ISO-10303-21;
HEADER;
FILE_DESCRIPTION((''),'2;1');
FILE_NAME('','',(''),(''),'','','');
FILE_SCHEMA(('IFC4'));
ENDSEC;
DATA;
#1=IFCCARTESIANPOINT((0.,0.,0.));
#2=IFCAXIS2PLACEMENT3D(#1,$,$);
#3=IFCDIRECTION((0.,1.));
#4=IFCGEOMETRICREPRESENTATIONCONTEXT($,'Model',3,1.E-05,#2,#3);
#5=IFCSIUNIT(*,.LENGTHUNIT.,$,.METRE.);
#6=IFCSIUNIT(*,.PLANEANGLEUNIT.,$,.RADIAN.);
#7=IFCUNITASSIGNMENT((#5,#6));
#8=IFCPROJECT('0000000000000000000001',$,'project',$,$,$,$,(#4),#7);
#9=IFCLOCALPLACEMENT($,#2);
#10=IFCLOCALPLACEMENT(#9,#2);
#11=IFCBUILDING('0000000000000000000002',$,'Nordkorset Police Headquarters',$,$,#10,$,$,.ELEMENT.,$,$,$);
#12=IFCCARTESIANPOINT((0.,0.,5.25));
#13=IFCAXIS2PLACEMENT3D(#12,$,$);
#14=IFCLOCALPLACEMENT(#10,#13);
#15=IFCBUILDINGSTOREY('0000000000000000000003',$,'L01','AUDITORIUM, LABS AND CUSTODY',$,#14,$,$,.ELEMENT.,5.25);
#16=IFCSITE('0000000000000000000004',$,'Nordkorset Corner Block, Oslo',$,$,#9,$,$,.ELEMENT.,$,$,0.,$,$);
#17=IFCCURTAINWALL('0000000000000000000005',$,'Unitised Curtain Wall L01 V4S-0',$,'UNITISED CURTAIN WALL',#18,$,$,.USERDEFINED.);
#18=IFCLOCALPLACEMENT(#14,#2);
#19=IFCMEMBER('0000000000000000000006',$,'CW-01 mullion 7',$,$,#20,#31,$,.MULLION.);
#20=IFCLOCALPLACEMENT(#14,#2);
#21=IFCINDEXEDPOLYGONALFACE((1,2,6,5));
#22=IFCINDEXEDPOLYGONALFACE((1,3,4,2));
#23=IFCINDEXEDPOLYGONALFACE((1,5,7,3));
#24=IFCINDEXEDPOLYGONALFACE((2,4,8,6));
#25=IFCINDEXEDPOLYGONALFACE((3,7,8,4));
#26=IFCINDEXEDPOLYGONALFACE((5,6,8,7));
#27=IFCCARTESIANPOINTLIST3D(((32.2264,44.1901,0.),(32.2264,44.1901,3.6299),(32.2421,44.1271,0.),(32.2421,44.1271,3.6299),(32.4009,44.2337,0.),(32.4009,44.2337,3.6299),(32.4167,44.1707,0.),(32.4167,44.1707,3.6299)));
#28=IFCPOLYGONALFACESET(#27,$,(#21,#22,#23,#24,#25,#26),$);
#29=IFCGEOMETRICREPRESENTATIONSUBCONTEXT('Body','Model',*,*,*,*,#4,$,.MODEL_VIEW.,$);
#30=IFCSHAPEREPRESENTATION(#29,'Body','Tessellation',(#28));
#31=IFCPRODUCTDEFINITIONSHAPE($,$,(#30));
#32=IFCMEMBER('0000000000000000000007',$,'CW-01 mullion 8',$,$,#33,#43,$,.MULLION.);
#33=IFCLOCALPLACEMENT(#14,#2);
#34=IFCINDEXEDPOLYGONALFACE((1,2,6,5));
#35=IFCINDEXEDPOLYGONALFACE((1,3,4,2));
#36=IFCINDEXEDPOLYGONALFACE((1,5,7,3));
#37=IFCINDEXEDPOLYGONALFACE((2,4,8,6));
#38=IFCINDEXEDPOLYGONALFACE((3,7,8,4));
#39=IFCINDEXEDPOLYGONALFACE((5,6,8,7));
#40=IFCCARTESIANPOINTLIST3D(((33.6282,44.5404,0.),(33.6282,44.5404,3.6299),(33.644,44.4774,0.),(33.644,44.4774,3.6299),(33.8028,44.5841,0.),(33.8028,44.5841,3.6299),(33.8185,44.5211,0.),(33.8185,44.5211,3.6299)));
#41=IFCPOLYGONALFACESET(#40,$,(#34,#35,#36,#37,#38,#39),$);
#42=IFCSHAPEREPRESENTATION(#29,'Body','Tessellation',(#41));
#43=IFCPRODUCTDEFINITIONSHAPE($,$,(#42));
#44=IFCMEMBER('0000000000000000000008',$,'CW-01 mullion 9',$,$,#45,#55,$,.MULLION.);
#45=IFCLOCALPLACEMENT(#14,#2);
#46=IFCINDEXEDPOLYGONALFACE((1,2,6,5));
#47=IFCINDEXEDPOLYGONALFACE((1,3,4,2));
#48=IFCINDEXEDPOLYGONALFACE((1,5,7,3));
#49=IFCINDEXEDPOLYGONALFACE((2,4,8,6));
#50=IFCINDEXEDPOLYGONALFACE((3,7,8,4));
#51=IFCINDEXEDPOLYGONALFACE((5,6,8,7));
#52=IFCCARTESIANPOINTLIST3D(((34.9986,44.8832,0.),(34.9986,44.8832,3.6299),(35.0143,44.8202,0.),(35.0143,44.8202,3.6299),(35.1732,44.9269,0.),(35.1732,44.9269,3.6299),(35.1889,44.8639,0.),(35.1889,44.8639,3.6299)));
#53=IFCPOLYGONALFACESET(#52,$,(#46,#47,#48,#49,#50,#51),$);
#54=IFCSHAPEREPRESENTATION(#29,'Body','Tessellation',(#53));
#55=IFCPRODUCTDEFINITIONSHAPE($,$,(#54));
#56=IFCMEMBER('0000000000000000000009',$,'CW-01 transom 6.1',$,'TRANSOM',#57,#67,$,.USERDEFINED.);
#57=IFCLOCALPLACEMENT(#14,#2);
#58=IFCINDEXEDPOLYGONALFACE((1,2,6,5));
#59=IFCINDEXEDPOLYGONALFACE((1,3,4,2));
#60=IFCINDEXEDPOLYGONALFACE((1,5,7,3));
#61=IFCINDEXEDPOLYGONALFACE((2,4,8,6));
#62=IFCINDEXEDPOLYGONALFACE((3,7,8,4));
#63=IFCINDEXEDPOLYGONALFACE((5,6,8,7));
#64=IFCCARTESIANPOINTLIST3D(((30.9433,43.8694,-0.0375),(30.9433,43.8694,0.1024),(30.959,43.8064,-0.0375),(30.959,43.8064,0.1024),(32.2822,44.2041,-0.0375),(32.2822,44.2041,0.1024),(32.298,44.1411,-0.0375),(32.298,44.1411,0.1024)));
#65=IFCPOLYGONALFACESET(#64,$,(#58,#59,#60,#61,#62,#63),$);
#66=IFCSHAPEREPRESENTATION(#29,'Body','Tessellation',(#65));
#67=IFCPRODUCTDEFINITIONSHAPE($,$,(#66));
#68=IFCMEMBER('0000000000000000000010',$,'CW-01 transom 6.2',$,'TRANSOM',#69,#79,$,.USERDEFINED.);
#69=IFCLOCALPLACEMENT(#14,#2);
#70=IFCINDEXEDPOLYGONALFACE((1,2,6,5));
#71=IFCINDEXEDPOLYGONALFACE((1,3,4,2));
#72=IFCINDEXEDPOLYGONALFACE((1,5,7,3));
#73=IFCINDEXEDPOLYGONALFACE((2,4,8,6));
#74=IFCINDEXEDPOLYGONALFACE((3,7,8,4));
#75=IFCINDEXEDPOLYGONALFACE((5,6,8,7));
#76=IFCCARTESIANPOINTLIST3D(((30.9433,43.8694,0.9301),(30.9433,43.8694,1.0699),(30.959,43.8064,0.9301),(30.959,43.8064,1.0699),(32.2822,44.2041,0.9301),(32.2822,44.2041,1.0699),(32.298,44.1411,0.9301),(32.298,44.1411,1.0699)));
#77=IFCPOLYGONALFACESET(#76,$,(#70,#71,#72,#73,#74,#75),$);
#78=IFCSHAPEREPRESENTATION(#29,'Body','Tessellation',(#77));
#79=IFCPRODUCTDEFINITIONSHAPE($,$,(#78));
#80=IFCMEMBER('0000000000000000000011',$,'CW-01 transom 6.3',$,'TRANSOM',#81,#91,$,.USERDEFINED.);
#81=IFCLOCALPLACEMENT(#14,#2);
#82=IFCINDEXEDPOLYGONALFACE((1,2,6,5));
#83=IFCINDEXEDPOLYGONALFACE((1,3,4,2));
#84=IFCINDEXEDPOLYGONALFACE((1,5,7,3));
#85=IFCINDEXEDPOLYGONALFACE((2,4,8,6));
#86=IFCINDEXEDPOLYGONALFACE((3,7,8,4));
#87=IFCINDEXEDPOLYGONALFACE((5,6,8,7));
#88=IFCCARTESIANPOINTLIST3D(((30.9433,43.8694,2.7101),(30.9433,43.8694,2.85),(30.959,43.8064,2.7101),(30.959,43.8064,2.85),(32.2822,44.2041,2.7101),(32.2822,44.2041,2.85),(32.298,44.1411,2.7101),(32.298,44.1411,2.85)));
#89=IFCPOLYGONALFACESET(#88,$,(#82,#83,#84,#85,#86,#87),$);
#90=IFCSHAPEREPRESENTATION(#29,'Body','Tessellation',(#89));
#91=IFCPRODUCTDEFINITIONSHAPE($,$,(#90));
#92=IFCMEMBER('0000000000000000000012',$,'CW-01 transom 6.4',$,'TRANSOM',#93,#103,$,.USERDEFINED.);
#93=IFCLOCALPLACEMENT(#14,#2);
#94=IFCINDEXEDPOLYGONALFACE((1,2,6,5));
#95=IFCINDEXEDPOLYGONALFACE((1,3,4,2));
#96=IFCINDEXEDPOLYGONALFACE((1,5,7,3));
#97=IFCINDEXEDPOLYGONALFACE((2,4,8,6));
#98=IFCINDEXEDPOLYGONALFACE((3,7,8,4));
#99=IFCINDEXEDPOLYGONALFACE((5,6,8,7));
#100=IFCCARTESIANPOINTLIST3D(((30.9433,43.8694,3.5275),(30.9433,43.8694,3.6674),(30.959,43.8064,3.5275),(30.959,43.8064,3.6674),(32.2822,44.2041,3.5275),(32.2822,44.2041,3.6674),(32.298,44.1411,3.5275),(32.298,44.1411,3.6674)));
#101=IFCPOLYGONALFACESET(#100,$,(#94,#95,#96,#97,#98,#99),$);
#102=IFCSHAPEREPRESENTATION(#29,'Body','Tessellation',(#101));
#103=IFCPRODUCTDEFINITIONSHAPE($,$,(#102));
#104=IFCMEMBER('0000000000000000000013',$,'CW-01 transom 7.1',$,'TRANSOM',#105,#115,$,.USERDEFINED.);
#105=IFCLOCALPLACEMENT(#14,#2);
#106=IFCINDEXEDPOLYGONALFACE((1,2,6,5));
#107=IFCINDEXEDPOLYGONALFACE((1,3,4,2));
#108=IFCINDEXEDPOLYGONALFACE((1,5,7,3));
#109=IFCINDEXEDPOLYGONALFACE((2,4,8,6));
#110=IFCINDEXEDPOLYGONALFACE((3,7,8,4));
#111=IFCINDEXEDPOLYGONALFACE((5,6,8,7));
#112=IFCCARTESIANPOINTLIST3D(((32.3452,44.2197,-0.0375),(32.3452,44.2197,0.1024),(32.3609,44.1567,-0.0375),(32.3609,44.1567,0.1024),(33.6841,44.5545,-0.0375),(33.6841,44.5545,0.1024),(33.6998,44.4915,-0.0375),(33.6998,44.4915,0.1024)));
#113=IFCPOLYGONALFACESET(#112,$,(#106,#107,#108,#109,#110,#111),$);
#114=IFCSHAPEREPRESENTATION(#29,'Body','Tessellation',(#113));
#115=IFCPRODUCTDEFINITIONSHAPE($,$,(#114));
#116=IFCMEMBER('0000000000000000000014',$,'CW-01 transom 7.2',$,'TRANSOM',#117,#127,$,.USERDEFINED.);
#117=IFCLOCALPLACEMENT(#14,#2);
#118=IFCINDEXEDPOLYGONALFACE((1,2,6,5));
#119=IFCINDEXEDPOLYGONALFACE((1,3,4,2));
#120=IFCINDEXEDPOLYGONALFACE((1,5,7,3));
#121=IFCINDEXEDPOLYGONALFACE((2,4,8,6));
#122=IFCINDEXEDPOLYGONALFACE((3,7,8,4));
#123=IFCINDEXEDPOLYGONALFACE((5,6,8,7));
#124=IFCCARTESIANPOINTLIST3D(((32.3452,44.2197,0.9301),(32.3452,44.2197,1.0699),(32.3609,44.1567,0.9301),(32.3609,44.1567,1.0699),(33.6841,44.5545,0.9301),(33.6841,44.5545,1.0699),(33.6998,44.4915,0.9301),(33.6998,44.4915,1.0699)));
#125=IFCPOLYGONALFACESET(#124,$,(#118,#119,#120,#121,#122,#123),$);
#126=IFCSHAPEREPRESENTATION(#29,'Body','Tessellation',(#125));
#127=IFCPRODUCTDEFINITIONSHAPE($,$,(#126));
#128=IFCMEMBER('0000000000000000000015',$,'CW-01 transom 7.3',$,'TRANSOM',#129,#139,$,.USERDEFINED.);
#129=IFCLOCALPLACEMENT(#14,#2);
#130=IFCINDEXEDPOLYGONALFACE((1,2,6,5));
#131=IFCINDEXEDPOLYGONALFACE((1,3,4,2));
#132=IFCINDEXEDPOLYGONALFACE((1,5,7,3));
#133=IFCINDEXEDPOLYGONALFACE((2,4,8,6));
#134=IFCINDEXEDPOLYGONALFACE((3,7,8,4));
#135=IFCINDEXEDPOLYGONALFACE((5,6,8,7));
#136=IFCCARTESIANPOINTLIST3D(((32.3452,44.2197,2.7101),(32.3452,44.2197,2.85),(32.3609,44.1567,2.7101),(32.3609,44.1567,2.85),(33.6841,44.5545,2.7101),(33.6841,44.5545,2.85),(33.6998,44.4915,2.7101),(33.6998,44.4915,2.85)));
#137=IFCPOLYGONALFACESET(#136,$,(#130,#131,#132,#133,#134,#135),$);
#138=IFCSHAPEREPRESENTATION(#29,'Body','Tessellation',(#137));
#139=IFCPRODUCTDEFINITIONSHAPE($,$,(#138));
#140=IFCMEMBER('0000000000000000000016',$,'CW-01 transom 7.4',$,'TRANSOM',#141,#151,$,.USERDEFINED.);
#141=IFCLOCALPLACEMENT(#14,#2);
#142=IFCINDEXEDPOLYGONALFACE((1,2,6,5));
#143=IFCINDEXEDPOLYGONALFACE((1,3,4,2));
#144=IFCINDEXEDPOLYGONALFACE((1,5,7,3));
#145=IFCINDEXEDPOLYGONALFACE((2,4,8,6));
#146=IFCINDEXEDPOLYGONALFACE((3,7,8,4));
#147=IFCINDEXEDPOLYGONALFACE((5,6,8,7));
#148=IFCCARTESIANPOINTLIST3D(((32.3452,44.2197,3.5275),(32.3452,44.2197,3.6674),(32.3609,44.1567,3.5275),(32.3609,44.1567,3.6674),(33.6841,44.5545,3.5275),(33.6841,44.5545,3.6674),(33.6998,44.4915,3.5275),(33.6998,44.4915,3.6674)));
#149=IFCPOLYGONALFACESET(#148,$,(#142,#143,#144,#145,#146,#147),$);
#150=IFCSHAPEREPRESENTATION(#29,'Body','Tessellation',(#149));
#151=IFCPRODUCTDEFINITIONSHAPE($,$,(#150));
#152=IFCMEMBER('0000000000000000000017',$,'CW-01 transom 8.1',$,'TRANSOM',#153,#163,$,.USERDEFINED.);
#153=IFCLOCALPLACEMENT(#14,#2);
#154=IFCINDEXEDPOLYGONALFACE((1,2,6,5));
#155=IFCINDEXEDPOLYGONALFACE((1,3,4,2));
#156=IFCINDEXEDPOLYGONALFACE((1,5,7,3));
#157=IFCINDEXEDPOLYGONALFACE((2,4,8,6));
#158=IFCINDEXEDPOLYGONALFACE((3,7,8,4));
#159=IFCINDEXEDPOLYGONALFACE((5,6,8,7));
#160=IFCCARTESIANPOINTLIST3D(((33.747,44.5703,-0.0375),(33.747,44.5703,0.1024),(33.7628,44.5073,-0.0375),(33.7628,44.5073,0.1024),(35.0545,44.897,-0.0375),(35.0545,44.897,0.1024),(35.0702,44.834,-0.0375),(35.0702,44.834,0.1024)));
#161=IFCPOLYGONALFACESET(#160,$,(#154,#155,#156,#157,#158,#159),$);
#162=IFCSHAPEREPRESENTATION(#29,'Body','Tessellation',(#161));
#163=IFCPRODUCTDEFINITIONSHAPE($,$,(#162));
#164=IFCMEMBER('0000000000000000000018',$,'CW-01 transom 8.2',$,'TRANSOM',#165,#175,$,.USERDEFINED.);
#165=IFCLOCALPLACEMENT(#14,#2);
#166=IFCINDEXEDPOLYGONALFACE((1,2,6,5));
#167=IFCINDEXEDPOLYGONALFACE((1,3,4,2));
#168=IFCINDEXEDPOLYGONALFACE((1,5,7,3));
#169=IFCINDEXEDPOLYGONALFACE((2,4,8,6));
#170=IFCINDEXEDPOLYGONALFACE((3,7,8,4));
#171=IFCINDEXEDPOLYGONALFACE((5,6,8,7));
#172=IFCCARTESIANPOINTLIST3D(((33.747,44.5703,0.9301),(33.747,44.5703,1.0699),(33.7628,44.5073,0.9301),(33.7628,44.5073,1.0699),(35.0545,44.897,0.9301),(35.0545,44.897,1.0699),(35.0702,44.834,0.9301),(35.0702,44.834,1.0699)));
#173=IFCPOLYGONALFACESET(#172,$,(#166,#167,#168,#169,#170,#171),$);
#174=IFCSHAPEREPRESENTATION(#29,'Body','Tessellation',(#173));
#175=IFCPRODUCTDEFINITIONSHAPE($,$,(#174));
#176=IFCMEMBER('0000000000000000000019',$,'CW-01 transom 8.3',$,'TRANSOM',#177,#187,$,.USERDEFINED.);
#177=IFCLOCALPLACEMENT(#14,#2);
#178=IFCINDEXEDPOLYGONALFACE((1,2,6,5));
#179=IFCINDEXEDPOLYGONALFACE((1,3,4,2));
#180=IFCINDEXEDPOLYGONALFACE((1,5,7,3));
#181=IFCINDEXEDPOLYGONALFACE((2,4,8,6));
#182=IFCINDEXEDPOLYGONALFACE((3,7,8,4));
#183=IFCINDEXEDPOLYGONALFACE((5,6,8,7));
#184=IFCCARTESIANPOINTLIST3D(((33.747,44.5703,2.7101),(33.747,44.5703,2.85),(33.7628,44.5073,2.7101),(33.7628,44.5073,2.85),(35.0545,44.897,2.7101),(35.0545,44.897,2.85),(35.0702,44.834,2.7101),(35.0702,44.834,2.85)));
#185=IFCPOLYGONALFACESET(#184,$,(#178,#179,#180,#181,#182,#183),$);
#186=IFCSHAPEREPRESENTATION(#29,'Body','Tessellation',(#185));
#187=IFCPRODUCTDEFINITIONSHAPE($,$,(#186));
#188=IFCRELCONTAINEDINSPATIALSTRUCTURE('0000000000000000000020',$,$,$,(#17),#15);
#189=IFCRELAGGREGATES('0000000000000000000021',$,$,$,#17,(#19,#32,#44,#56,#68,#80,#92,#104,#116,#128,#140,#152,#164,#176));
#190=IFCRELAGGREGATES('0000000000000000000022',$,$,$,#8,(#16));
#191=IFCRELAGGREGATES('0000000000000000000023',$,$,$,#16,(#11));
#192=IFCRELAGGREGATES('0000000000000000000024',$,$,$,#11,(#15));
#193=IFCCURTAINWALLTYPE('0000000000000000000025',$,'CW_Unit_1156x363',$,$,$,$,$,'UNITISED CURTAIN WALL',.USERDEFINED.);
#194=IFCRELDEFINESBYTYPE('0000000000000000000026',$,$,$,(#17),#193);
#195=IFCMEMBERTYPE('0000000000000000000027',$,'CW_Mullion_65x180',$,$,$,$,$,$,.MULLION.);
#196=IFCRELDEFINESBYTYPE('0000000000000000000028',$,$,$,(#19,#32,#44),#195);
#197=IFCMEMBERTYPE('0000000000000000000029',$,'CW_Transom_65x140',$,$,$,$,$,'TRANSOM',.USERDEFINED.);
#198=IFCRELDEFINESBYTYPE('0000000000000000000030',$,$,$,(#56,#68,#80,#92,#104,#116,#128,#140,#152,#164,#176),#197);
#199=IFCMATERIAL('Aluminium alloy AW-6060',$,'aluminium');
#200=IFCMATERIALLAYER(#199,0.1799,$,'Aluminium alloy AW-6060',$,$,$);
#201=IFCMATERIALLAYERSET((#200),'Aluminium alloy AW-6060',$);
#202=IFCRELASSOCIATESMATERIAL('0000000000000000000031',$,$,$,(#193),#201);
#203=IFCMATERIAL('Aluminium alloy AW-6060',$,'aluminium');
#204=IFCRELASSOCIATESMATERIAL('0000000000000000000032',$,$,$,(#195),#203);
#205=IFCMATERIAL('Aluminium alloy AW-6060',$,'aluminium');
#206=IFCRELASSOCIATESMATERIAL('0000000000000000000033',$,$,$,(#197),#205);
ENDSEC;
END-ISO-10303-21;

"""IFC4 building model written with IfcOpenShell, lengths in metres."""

from ifc_helpers import new_model, si_unit, direction, frame, origin, origin_2d, place, context, subcontext, project, spatial, rectangle, extrude, material, layer, layer_set, material_profile, profile_set, type_object, element, aggregate, save


model = new_model("IFC4")

# Units and contexts
model_context = context("Model", 3, precision=1e-05, world=origin(), true_north=direction((0.0, 1.0)))
body_context = subcontext(model_context, "Body", "Model", "MODEL_VIEW")
ifc_project = project(units=[si_unit("LENGTHUNIT", "METRE"), si_unit("PLANEANGLEUNIT", "RADIAN")], contexts=[model_context])

# Site, building, storey
site_placement = place(None, origin())
site = spatial("IfcSite", under=ifc_project, at=site_placement, Name="Nordkorset Corner Block, Oslo", CompositionType="ELEMENT", RefElevation=0.0)
building_placement = place(site_placement, origin())
building = spatial("IfcBuilding", under=site, at=building_placement, Name="Nordkorset Police Headquarters", CompositionType="ELEMENT")
storey_placement = place(building_placement, frame((0.0, 0.0, 5.25)))
storey = spatial("IfcBuildingStorey", under=building, at=storey_placement, Name="L01", Description="AUDITORIUM, LABS AND CUSTODY", CompositionType="ELEMENT", Elevation=5.25)

# Curtain wall, members
ifc_material_1 = material(Name="Aluminium alloy AW-6060", Category="aluminium")
ifc_layer_1 = layer(ifc_material_1, 0.1799, Name="Aluminium alloy AW-6060")
ifc_layer_set_1 = layer_set([ifc_layer_1], Name="Aluminium alloy AW-6060")
curtain_wall_type = type_object("IfcCurtainWallType", Name="CW_Unit_1156x363", ElementType="UNITISED CURTAIN WALL", PredefinedType="USERDEFINED", material=ifc_layer_set_1)
curtain_wall_placement = place(storey_placement, origin())
curtain_wall = element("IfcCurtainWall", 1, at=curtain_wall_placement, inside=storey, type_object=curtain_wall_type, Name="Unitised Curtain Wall L01 V4S-0", ObjectType="UNITISED CURTAIN WALL", PredefinedType="USERDEFINED")
ifc_material_2 = material(Name="Aluminium alloy AW-6060", Category="aluminium")
ifc_material_profile_1 = material_profile(ifc_material_2, rectangle(XDim=0.0649, YDim=0.1799, at=origin_2d()), Name="ALU MULL 65x180")
ifc_profile_set_1 = profile_set([ifc_material_profile_1], Name="Aluminium alloy AW-6060")
member_type_1 = type_object("IfcMemberType", Name="CW_Mullion_65x180", PredefinedType="MULLION", material=ifc_profile_set_1)
member_1_placement = place(storey_placement, frame((32.3215, 44.1804, 0.0), z_axis=(0.0, 0.0, 1.0), x_axis=(-0.242536, 0.970143, 0.0)))
member_1 = element("IfcMember", 2, at=member_1_placement, type_object=member_type_1, Name="CW-01 mullion 7", PredefinedType="MULLION", context=body_context, shape_type="SweptSolid", body=[
    extrude(rectangle(XDim=0.0649, YDim=0.1799, at=origin_2d()), origin(), (0.0, 0.0, 1.0), 3.6299),
])
member_2_placement = place(storey_placement, frame((33.7234, 44.5308, 0.0), z_axis=(0.0, 0.0, 1.0), x_axis=(-0.242536, 0.970143, 0.0)))
member_2 = element("IfcMember", 3, at=member_2_placement, type_object=member_type_1, Name="CW-01 mullion 8", PredefinedType="MULLION", context=body_context, shape_type="SweptSolid", body=[
    extrude(rectangle(XDim=0.0649, YDim=0.1799, at=origin_2d()), origin(), (0.0, 0.0, 1.0), 3.6299),
])
member_3_placement = place(storey_placement, frame((35.0938, 44.8735, 0.0), z_axis=(0.0, 0.0, 1.0), x_axis=(-0.242536, 0.970143, 0.0)))
member_3 = element("IfcMember", 4, at=member_3_placement, type_object=member_type_1, Name="CW-01 mullion 9", PredefinedType="MULLION", context=body_context, shape_type="SweptSolid", body=[
    extrude(rectangle(XDim=0.0649, YDim=0.1799, at=origin_2d()), origin(), (0.0, 0.0, 1.0), 3.6299),
])
ifc_material_3 = material(Name="Aluminium alloy AW-6060", Category="aluminium")
ifc_material_profile_2 = material_profile(ifc_material_3, rectangle(XDim=0.0649, YDim=0.1399, at=origin_2d()), Name="ALU TRAN 65x140")
ifc_profile_set_2 = profile_set([ifc_material_profile_2], Name="Aluminium alloy AW-6060")
member_type_2 = type_object("IfcMemberType", Name="CW_Transom_65x140", ElementType="TRANSOM", PredefinedType="USERDEFINED", material=ifc_profile_set_2)
member_4_placement = place(storey_placement, frame((30.9512, 43.8379, 0.0325), z_axis=(0.970143, 0.242536, 0.0), x_axis=(-0.242536, 0.970143, 0.0)))
member_4 = element("IfcMember", 5, at=member_4_placement, type_object=member_type_2, Name="CW-01 transom 6.1", ObjectType="TRANSOM", PredefinedType="USERDEFINED", context=body_context, shape_type="SweptSolid", body=[
    extrude(rectangle(XDim=0.0649, YDim=0.1399, at=origin_2d()), origin(), (0.0, 0.0, 1.0), 1.3801),
])
member_5_placement = place(storey_placement, frame((30.9512, 43.8379, 1.0), z_axis=(0.970143, 0.242536, 0.0), x_axis=(-0.242536, 0.970143, 0.0)))
member_5 = element("IfcMember", 6, at=member_5_placement, type_object=member_type_2, Name="CW-01 transom 6.2", ObjectType="TRANSOM", PredefinedType="USERDEFINED", context=body_context, shape_type="SweptSolid", body=[
    extrude(rectangle(XDim=0.0649, YDim=0.1399, at=origin_2d()), origin(), (0.0, 0.0, 1.0), 1.3801),
])
member_6_placement = place(storey_placement, frame((30.9512, 43.8379, 2.78), z_axis=(0.970143, 0.242536, 0.0), x_axis=(-0.242536, 0.970143, 0.0)))
member_6 = element("IfcMember", 7, at=member_6_placement, type_object=member_type_2, Name="CW-01 transom 6.3", ObjectType="TRANSOM", PredefinedType="USERDEFINED", context=body_context, shape_type="SweptSolid", body=[
    extrude(rectangle(XDim=0.0649, YDim=0.1399, at=origin_2d()), origin(), (0.0, 0.0, 1.0), 1.3801),
])
member_7_placement = place(storey_placement, frame((30.9512, 43.8379, 3.5974), z_axis=(0.970143, 0.242536, 0.0), x_axis=(-0.242536, 0.970143, 0.0)))
member_7 = element("IfcMember", 8, at=member_7_placement, type_object=member_type_2, Name="CW-01 transom 6.4", ObjectType="TRANSOM", PredefinedType="USERDEFINED", context=body_context, shape_type="SweptSolid", body=[
    extrude(rectangle(XDim=0.0649, YDim=0.1399, at=origin_2d()), origin(), (0.0, 0.0, 1.0), 1.3801),
])
member_8_placement = place(storey_placement, frame((32.353, 44.1882, 0.0325), z_axis=(0.970143, 0.242536, 0.0), x_axis=(-0.242536, 0.970143, 0.0)))
member_8 = element("IfcMember", 9, at=member_8_placement, type_object=member_type_2, Name="CW-01 transom 7.1", ObjectType="TRANSOM", PredefinedType="USERDEFINED", context=body_context, shape_type="SweptSolid", body=[
    extrude(rectangle(XDim=0.0649, YDim=0.1399, at=origin_2d()), origin(), (0.0, 0.0, 1.0), 1.3801),
])
member_9_placement = place(storey_placement, frame((32.353, 44.1882, 1.0), z_axis=(0.970143, 0.242536, 0.0), x_axis=(-0.242536, 0.970143, 0.0)))
member_9 = element("IfcMember", 10, at=member_9_placement, type_object=member_type_2, Name="CW-01 transom 7.2", ObjectType="TRANSOM", PredefinedType="USERDEFINED", context=body_context, shape_type="SweptSolid", body=[
    extrude(rectangle(XDim=0.0649, YDim=0.1399, at=origin_2d()), origin(), (0.0, 0.0, 1.0), 1.3801),
])
member_10_placement = place(storey_placement, frame((32.353, 44.1882, 2.78), z_axis=(0.970143, 0.242536, 0.0), x_axis=(-0.242536, 0.970143, 0.0)))
member_10 = element("IfcMember", 11, at=member_10_placement, type_object=member_type_2, Name="CW-01 transom 7.3", ObjectType="TRANSOM", PredefinedType="USERDEFINED", context=body_context, shape_type="SweptSolid", body=[
    extrude(rectangle(XDim=0.0649, YDim=0.1399, at=origin_2d()), origin(), (0.0, 0.0, 1.0), 1.3801),
])
member_11_placement = place(storey_placement, frame((32.353, 44.1882, 3.5974), z_axis=(0.970143, 0.242536, 0.0), x_axis=(-0.242536, 0.970143, 0.0)))
member_11 = element("IfcMember", 12, at=member_11_placement, type_object=member_type_2, Name="CW-01 transom 7.4", ObjectType="TRANSOM", PredefinedType="USERDEFINED", context=body_context, shape_type="SweptSolid", body=[
    extrude(rectangle(XDim=0.0649, YDim=0.1399, at=origin_2d()), origin(), (0.0, 0.0, 1.0), 1.3801),
])
member_12_placement = place(storey_placement, frame((33.7549, 44.5388, 0.0325), z_axis=(0.970174, 0.242408, 0.0), x_axis=(-0.242408, 0.970174, 0.0)))
member_12 = element("IfcMember", 13, at=member_12_placement, type_object=member_type_2, Name="CW-01 transom 8.1", ObjectType="TRANSOM", PredefinedType="USERDEFINED", context=body_context, shape_type="SweptSolid", body=[
    extrude(rectangle(XDim=0.0649, YDim=0.1399, at=origin_2d()), origin(), (0.0, 0.0, 1.0), 1.3477),
])
member_13_placement = place(storey_placement, frame((33.7549, 44.5388, 1.0), z_axis=(0.970174, 0.242408, 0.0), x_axis=(-0.242408, 0.970174, 0.0)))
member_13 = element("IfcMember", 14, at=member_13_placement, type_object=member_type_2, Name="CW-01 transom 8.2", ObjectType="TRANSOM", PredefinedType="USERDEFINED", context=body_context, shape_type="SweptSolid", body=[
    extrude(rectangle(XDim=0.0649, YDim=0.1399, at=origin_2d()), origin(), (0.0, 0.0, 1.0), 1.3477),
])
member_14_placement = place(storey_placement, frame((33.7549, 44.5388, 2.78), z_axis=(0.970174, 0.242408, 0.0), x_axis=(-0.242408, 0.970174, 0.0)))
member_14 = element("IfcMember", 15, at=member_14_placement, type_object=member_type_2, Name="CW-01 transom 8.3", ObjectType="TRANSOM", PredefinedType="USERDEFINED", context=body_context, shape_type="SweptSolid", body=[
    extrude(rectangle(XDim=0.0649, YDim=0.1399, at=origin_2d()), origin(), (0.0, 0.0, 1.0), 1.3477),
])
aggregate(curtain_wall, [member_1, member_2, member_3, member_4, member_5, member_6, member_7, member_8, member_9, member_10, member_11, member_12, member_13, member_14])

save(model, "model.ifc")
